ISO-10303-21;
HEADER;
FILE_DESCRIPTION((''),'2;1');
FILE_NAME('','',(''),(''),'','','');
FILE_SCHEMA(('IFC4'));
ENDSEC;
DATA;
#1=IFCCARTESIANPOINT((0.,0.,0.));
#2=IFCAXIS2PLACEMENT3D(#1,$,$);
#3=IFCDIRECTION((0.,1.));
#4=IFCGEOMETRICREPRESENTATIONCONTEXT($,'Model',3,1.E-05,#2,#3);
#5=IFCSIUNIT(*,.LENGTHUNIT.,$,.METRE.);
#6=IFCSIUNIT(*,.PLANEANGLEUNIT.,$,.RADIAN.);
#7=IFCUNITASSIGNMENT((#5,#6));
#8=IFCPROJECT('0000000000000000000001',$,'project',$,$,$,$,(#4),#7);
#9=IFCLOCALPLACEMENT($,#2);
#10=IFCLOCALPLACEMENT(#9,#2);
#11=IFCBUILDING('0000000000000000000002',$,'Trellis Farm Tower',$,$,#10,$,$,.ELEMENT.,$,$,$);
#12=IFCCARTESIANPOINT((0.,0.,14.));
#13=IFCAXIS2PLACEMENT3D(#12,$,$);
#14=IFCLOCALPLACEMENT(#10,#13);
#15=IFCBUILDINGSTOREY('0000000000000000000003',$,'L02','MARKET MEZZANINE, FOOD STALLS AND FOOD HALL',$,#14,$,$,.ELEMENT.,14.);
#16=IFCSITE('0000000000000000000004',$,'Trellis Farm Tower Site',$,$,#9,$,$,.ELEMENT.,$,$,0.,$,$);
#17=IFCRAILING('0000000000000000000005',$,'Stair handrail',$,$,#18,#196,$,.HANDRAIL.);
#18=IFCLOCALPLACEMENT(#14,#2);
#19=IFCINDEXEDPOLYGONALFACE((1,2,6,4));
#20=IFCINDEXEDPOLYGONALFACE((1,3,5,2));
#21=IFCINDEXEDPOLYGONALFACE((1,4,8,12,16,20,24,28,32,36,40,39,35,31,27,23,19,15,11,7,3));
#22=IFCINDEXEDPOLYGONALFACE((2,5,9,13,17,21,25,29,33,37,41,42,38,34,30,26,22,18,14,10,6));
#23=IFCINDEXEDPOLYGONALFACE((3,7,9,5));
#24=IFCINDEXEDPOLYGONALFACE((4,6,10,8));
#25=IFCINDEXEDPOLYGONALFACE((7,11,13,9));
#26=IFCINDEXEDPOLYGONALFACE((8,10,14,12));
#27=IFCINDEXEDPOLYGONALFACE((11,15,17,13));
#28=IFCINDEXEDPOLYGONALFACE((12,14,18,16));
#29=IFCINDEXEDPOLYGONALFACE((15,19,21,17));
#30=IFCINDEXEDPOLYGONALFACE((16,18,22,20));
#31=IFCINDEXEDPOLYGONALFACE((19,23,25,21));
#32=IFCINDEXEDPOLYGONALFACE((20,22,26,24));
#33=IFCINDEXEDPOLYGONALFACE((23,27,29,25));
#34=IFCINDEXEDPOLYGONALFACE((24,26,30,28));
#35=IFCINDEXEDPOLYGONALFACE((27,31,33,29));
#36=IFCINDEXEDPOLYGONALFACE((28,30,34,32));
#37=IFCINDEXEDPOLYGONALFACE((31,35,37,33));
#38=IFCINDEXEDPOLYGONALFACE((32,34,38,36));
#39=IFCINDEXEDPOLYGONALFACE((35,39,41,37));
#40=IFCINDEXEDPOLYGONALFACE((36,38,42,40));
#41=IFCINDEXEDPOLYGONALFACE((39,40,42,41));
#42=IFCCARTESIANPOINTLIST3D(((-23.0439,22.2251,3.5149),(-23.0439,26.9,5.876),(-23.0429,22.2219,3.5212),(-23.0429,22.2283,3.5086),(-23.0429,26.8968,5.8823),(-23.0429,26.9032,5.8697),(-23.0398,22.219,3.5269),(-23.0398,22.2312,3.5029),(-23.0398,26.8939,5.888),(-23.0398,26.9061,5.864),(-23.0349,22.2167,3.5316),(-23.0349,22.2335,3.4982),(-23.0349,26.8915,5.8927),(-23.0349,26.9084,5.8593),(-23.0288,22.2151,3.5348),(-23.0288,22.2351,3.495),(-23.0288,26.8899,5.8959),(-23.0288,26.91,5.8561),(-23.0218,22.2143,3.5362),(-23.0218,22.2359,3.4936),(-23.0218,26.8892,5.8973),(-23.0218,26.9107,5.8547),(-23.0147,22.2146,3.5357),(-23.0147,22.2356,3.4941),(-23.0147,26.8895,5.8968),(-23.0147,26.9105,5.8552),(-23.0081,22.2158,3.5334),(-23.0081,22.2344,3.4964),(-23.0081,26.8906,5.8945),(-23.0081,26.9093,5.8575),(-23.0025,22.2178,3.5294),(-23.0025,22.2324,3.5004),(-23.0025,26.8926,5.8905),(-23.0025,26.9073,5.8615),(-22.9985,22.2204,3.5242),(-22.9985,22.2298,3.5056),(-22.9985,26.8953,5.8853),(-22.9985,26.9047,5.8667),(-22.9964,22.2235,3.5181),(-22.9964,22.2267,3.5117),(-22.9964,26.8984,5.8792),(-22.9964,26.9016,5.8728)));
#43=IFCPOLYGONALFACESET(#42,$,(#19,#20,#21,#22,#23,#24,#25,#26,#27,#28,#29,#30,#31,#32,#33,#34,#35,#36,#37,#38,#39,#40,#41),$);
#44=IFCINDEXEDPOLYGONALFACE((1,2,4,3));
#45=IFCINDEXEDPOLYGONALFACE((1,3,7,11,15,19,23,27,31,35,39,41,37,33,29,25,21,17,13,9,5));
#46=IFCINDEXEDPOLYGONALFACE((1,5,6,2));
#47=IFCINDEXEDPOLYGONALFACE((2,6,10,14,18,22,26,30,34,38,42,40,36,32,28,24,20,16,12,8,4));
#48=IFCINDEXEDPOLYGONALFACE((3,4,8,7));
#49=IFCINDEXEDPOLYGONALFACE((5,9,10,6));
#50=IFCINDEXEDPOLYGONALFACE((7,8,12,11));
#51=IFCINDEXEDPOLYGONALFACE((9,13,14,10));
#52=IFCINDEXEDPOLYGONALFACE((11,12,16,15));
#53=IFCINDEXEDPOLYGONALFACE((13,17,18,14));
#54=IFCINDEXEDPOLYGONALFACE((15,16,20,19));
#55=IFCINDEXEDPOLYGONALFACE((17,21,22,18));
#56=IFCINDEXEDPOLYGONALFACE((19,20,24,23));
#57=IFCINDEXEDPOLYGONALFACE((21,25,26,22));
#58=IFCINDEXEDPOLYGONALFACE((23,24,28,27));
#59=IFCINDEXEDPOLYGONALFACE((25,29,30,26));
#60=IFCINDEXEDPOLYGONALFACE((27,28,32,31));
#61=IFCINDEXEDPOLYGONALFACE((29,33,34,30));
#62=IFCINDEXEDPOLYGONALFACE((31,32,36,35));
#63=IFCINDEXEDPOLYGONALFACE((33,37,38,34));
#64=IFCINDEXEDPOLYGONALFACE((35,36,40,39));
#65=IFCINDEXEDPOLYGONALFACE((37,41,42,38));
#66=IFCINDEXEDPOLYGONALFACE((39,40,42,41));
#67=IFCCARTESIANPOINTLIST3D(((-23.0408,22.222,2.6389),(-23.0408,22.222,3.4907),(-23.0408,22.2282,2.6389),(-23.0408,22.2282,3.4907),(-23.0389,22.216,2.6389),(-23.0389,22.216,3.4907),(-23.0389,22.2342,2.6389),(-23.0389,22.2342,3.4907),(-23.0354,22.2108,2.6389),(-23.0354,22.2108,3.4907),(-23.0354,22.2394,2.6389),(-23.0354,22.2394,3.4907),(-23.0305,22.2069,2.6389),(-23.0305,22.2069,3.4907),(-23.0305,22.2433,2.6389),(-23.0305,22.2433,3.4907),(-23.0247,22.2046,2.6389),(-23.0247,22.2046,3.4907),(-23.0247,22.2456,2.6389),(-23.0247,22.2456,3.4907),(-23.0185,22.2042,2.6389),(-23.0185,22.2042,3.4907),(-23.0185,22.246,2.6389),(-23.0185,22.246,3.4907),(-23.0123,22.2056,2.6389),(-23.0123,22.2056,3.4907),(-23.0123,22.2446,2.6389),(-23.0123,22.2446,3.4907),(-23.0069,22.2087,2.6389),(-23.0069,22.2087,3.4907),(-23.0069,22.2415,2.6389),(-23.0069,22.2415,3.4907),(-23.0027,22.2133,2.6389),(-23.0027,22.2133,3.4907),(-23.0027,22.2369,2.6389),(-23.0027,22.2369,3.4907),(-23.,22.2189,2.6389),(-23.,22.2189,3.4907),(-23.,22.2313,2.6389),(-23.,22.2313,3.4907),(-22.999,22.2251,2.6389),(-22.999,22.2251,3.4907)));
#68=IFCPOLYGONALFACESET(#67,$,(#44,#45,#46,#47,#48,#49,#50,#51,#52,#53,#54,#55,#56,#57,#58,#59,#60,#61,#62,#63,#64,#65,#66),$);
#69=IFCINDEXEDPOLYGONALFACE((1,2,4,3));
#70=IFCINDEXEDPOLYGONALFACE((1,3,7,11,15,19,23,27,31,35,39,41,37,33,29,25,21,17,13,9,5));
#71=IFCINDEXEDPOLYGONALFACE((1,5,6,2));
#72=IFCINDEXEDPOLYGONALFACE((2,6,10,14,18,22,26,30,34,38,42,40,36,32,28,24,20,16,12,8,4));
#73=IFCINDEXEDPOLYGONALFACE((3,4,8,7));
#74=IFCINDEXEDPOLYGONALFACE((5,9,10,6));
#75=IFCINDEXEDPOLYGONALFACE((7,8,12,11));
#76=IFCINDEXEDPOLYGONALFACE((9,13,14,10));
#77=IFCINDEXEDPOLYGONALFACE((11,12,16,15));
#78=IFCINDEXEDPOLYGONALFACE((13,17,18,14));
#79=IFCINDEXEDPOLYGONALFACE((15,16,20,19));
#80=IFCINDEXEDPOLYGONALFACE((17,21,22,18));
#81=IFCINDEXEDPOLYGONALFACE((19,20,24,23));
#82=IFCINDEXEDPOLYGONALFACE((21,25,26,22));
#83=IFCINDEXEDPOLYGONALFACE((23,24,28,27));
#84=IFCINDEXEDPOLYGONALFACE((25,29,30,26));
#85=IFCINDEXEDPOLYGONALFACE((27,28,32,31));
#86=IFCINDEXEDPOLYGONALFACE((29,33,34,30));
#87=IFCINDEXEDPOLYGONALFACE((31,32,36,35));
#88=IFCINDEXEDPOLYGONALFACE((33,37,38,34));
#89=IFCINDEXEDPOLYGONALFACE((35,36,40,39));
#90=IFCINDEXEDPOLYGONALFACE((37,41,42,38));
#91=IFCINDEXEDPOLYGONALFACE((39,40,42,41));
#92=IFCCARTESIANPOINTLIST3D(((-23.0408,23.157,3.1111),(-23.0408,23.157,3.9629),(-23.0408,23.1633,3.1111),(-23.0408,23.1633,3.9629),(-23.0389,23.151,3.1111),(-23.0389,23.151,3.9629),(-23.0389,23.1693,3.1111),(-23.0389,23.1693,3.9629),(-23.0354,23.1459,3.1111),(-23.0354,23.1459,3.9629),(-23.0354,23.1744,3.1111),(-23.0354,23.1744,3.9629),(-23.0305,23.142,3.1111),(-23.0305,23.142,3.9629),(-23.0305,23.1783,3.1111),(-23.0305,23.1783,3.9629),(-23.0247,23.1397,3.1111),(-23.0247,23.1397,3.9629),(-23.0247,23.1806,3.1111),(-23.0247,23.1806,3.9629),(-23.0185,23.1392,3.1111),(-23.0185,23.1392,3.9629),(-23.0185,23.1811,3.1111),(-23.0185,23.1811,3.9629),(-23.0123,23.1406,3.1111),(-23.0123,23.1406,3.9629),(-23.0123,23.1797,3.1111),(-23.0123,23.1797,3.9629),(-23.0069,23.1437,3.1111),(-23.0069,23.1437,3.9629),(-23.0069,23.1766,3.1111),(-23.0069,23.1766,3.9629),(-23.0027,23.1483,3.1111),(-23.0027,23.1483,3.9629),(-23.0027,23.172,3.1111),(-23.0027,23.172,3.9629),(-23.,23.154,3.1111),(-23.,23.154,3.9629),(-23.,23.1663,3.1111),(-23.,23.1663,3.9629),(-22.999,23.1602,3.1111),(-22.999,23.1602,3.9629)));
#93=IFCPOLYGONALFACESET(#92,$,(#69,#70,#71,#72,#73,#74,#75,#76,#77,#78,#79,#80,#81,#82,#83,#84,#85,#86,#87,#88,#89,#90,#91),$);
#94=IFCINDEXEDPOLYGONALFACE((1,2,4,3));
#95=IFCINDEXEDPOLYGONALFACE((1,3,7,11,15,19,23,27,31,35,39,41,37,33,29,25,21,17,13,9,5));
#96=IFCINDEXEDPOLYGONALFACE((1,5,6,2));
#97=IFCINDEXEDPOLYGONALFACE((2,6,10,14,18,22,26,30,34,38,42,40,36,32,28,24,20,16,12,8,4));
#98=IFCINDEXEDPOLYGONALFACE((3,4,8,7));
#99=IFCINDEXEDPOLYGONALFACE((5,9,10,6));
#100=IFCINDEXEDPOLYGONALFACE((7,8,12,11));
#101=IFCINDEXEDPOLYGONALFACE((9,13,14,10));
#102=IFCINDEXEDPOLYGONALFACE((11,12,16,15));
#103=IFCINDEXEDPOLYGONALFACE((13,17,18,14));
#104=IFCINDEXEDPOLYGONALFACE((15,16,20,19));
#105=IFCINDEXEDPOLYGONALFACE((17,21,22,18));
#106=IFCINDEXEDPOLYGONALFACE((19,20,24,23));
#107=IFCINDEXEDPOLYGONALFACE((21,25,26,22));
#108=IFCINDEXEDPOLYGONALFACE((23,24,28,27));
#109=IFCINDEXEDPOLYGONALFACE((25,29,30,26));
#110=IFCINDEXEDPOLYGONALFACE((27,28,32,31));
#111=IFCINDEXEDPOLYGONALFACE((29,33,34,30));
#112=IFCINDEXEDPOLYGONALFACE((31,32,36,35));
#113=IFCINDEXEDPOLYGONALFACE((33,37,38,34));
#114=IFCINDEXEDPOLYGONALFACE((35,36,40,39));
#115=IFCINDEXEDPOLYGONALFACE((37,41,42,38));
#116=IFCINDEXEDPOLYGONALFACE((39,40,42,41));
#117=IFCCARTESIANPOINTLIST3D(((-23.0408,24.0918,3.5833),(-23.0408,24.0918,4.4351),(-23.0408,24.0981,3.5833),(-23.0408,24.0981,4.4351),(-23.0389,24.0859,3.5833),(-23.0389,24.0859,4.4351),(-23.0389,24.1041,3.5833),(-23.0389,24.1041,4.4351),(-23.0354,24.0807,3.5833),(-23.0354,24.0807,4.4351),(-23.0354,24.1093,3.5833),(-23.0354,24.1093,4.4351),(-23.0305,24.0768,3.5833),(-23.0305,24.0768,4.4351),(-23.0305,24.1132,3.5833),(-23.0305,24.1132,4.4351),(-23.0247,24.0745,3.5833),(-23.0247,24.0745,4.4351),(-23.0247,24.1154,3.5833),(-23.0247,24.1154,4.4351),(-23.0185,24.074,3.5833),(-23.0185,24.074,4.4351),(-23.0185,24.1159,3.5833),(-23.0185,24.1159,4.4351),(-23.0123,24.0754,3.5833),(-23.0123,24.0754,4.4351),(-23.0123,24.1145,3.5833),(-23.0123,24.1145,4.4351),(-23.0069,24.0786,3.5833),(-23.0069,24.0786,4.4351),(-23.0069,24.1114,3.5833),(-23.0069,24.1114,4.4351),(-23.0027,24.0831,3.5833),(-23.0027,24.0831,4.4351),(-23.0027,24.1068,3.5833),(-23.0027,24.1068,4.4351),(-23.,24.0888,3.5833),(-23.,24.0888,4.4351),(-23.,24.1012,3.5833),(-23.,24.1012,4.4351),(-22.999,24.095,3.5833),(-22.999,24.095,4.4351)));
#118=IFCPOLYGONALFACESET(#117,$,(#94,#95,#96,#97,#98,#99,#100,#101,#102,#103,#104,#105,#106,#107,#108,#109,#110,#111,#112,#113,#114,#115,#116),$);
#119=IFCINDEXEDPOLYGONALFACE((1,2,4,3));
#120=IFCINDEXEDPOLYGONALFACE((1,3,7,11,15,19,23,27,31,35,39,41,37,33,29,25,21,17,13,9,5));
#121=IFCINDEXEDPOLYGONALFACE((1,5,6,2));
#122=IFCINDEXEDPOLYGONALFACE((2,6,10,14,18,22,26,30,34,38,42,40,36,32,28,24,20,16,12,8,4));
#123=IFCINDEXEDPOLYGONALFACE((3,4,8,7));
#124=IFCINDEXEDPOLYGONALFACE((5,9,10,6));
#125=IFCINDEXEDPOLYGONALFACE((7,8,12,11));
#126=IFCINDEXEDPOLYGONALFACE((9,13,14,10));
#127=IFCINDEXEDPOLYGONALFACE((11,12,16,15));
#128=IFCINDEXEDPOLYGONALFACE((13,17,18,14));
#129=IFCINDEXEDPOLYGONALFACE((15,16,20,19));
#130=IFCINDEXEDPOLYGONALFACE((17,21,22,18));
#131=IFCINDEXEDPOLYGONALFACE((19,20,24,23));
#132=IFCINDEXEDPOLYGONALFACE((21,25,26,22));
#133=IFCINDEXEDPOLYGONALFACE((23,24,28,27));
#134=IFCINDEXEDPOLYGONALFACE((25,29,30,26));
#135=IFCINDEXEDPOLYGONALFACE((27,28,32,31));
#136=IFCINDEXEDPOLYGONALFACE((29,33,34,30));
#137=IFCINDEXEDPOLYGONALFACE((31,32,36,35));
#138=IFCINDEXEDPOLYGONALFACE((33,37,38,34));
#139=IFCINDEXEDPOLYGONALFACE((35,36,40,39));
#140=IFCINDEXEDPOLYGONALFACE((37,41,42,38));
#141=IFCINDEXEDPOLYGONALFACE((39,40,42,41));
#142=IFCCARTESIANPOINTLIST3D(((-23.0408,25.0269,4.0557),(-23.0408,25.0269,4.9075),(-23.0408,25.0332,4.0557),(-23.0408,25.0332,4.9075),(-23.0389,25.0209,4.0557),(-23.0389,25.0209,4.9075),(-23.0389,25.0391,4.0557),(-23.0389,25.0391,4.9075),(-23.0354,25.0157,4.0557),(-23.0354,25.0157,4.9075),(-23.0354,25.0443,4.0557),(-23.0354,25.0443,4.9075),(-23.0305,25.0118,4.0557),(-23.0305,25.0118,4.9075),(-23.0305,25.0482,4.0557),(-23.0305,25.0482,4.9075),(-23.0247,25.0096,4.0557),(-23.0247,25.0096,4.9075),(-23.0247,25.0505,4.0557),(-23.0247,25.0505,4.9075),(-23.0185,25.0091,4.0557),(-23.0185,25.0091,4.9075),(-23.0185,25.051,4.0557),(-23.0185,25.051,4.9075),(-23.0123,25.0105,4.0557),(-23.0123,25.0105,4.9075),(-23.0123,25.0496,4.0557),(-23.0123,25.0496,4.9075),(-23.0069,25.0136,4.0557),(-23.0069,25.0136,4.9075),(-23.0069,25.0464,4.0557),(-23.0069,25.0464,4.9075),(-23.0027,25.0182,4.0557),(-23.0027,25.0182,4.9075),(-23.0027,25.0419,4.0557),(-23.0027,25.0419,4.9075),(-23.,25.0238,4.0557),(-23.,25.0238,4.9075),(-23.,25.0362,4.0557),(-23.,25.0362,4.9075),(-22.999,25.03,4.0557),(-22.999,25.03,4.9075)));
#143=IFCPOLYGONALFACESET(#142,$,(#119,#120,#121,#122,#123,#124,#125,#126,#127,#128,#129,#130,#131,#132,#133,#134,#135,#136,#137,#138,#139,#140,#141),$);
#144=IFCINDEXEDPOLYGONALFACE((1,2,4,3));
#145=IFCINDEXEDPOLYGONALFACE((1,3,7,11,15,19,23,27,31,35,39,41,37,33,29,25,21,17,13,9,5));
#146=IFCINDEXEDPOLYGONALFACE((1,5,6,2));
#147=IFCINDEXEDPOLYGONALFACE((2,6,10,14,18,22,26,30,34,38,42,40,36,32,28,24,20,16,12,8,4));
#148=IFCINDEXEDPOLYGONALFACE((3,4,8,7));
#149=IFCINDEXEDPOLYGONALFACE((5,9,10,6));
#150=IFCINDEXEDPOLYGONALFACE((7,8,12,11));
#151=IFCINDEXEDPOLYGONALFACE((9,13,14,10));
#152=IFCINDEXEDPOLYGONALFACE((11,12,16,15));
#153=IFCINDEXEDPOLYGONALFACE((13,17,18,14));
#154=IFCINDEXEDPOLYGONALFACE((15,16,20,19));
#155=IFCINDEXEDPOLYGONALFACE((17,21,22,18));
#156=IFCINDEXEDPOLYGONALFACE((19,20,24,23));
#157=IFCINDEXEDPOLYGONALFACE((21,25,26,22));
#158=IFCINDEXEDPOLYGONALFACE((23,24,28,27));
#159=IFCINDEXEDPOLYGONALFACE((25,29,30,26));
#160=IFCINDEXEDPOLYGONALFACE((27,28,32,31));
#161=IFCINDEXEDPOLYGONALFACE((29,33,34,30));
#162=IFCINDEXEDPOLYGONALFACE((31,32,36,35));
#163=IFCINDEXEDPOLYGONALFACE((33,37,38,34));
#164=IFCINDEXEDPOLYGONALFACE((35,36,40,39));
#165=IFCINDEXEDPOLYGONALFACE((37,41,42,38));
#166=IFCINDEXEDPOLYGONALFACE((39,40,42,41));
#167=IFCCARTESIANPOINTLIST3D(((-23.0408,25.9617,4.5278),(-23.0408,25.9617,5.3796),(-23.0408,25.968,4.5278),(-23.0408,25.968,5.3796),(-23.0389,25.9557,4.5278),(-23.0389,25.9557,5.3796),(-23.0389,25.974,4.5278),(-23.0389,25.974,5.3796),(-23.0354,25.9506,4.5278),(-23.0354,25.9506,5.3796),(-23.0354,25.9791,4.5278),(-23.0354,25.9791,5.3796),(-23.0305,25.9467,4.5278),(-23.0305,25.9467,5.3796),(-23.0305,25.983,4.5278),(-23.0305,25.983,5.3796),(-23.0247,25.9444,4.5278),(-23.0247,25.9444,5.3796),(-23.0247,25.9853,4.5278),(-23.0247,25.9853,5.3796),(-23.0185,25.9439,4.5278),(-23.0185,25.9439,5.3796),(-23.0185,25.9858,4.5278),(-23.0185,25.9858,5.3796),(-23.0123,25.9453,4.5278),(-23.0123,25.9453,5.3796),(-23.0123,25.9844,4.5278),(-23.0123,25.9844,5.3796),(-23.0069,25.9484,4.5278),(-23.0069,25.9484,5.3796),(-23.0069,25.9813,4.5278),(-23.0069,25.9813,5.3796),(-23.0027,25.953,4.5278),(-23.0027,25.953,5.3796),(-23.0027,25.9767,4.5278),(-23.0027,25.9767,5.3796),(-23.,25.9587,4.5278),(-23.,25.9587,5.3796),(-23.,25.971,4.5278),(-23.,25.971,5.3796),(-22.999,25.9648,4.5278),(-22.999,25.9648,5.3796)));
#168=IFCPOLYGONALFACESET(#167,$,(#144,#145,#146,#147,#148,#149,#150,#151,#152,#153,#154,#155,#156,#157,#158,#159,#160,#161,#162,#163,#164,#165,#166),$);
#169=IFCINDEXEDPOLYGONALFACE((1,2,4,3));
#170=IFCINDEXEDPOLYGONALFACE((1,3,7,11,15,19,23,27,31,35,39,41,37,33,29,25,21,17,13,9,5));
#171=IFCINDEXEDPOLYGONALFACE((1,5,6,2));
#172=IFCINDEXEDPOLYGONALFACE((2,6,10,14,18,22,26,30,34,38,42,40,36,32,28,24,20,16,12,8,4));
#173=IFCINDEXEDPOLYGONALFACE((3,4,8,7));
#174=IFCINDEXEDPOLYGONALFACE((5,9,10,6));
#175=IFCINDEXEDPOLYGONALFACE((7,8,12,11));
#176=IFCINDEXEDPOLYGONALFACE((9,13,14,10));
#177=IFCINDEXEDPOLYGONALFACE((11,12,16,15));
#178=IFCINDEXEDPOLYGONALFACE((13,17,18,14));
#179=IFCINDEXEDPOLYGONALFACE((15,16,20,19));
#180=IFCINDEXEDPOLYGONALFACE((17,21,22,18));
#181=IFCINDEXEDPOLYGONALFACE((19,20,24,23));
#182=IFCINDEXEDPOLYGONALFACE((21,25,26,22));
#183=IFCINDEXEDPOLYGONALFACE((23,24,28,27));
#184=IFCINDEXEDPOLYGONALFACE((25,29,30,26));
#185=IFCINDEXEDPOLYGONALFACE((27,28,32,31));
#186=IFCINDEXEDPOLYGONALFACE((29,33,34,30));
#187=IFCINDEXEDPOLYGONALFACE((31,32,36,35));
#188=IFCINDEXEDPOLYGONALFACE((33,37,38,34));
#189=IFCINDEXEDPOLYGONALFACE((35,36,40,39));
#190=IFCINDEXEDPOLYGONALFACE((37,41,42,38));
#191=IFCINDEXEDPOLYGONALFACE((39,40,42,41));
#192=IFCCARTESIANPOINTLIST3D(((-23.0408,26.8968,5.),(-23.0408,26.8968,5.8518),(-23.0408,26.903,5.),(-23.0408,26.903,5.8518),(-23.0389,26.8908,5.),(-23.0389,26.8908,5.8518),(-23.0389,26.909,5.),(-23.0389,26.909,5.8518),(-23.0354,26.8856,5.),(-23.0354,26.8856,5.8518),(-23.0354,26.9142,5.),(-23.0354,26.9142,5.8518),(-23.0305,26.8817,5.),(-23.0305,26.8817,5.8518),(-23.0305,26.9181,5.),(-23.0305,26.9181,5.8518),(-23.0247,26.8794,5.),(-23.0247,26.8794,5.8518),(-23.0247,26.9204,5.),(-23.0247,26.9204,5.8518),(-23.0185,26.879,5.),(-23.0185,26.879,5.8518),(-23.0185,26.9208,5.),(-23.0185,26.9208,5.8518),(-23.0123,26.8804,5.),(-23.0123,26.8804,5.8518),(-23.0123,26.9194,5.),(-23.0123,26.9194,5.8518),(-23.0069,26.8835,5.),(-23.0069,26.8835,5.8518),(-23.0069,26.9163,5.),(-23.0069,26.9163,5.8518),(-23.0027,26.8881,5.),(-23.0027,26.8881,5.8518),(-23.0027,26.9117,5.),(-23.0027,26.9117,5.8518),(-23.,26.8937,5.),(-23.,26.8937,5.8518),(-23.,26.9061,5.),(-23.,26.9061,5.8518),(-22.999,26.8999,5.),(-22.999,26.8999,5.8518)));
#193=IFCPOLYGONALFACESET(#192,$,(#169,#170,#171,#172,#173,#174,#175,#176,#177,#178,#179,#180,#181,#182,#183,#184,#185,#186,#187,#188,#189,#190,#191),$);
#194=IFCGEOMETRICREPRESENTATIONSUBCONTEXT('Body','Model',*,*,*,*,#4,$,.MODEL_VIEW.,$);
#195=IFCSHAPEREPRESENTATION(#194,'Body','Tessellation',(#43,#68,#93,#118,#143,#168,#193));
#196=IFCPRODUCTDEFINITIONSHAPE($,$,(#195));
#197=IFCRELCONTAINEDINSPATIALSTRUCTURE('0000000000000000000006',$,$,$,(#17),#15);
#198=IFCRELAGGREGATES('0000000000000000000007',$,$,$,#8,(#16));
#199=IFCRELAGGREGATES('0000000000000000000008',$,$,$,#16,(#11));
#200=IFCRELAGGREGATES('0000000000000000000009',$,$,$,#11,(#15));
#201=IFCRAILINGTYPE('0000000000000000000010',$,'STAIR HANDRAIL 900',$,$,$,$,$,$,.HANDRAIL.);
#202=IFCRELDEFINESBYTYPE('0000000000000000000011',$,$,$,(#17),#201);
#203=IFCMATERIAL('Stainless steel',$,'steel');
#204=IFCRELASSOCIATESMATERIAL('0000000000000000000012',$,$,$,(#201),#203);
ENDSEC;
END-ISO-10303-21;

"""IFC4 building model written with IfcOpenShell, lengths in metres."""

from ifc_helpers import new_model, si_unit, direction, frame, origin, origin_2d, place, context, subcontext, project, spatial, circle, extrude, source, transform, mapped, material, type_object, element, save


model = new_model("IFC4")

# Units and contexts
model_context = context("Model", 3, precision=1e-05, world=origin(), true_north=direction((0.0, 1.0)))
body_context = subcontext(model_context, "Body", "Model", "MODEL_VIEW")
ifc_project = project(units=[si_unit("LENGTHUNIT", "METRE"), si_unit("PLANEANGLEUNIT", "RADIAN")], contexts=[model_context])

# Site, building, storey
site_placement = place(None, origin())
site = spatial("IfcSite", under=ifc_project, at=site_placement, Name="Trellis Farm Tower Site", CompositionType="ELEMENT", RefElevation=0.0)
building_placement = place(site_placement, origin())
building = spatial("IfcBuilding", under=site, at=building_placement, Name="Trellis Farm Tower", CompositionType="ELEMENT")
storey_placement = place(building_placement, frame((0.0, 0.0, 14.0)))
storey = spatial("IfcBuildingStorey", under=building, at=storey_placement, Name="L02", Description="MARKET MEZZANINE, FOOD STALLS AND FOOD HALL", CompositionType="ELEMENT", Elevation=14.0)

# Railing
ifc_material_1 = material(Name="Stainless steel", Category="steel")
railing_type = type_object("IfcRailingType", Name="STAIR HANDRAIL 900", PredefinedType="HANDRAIL", material=ifc_material_1)
shared_shape_1 = source(origin(), body_context, "Body", "SweptSolid", [
    extrude(circle(Radius=0.0239, at=origin_2d()), frame((0.0, 0.0, 0.876), z_axis=(0.0, 0.892611, 0.450827), x_axis=(-1.0, 0.0, 0.0)), (0.0, 0.0, 1.0), 5.2373),
    extrude(circle(Radius=0.021, at=origin_2d()), origin(), (0.0, 0.0, 1.0), 0.8518),
    extrude(circle(Radius=0.021, at=origin_2d()), frame((0.0, 0.9351, 0.4722)), (0.0, 0.0, 1.0), 0.8518),
    extrude(circle(Radius=0.021, at=origin_2d()), frame((0.0, 1.8699, 0.9443)), (0.0, 0.0, 1.0), 0.8518),
    extrude(circle(Radius=0.021, at=origin_2d()), frame((0.0, 2.8049, 1.4167)), (0.0, 0.0, 1.0), 0.8518),
    extrude(circle(Radius=0.021, at=origin_2d()), frame((0.0, 3.7397, 1.8889)), (0.0, 0.0, 1.0), 0.8518),
    extrude(circle(Radius=0.021, at=origin_2d()), frame((0.0, 4.6748, 2.3611)), (0.0, 0.0, 1.0), 0.8518),
])
for number, where, name in (
    (1, (-23.02, 22.2251, 2.6389), "Stair handrail"),
):
    element("IfcRailing", number, at=place(storey_placement, frame(where)), inside=storey, type_object=railing_type, Name=name, PredefinedType="HANDRAIL", context=body_context, shape_type="MappedRepresentation", body=[
        mapped(shared_shape_1, transform((0.0, 0.0, 0.0))),
    ])

save(model, "model.ifc")
